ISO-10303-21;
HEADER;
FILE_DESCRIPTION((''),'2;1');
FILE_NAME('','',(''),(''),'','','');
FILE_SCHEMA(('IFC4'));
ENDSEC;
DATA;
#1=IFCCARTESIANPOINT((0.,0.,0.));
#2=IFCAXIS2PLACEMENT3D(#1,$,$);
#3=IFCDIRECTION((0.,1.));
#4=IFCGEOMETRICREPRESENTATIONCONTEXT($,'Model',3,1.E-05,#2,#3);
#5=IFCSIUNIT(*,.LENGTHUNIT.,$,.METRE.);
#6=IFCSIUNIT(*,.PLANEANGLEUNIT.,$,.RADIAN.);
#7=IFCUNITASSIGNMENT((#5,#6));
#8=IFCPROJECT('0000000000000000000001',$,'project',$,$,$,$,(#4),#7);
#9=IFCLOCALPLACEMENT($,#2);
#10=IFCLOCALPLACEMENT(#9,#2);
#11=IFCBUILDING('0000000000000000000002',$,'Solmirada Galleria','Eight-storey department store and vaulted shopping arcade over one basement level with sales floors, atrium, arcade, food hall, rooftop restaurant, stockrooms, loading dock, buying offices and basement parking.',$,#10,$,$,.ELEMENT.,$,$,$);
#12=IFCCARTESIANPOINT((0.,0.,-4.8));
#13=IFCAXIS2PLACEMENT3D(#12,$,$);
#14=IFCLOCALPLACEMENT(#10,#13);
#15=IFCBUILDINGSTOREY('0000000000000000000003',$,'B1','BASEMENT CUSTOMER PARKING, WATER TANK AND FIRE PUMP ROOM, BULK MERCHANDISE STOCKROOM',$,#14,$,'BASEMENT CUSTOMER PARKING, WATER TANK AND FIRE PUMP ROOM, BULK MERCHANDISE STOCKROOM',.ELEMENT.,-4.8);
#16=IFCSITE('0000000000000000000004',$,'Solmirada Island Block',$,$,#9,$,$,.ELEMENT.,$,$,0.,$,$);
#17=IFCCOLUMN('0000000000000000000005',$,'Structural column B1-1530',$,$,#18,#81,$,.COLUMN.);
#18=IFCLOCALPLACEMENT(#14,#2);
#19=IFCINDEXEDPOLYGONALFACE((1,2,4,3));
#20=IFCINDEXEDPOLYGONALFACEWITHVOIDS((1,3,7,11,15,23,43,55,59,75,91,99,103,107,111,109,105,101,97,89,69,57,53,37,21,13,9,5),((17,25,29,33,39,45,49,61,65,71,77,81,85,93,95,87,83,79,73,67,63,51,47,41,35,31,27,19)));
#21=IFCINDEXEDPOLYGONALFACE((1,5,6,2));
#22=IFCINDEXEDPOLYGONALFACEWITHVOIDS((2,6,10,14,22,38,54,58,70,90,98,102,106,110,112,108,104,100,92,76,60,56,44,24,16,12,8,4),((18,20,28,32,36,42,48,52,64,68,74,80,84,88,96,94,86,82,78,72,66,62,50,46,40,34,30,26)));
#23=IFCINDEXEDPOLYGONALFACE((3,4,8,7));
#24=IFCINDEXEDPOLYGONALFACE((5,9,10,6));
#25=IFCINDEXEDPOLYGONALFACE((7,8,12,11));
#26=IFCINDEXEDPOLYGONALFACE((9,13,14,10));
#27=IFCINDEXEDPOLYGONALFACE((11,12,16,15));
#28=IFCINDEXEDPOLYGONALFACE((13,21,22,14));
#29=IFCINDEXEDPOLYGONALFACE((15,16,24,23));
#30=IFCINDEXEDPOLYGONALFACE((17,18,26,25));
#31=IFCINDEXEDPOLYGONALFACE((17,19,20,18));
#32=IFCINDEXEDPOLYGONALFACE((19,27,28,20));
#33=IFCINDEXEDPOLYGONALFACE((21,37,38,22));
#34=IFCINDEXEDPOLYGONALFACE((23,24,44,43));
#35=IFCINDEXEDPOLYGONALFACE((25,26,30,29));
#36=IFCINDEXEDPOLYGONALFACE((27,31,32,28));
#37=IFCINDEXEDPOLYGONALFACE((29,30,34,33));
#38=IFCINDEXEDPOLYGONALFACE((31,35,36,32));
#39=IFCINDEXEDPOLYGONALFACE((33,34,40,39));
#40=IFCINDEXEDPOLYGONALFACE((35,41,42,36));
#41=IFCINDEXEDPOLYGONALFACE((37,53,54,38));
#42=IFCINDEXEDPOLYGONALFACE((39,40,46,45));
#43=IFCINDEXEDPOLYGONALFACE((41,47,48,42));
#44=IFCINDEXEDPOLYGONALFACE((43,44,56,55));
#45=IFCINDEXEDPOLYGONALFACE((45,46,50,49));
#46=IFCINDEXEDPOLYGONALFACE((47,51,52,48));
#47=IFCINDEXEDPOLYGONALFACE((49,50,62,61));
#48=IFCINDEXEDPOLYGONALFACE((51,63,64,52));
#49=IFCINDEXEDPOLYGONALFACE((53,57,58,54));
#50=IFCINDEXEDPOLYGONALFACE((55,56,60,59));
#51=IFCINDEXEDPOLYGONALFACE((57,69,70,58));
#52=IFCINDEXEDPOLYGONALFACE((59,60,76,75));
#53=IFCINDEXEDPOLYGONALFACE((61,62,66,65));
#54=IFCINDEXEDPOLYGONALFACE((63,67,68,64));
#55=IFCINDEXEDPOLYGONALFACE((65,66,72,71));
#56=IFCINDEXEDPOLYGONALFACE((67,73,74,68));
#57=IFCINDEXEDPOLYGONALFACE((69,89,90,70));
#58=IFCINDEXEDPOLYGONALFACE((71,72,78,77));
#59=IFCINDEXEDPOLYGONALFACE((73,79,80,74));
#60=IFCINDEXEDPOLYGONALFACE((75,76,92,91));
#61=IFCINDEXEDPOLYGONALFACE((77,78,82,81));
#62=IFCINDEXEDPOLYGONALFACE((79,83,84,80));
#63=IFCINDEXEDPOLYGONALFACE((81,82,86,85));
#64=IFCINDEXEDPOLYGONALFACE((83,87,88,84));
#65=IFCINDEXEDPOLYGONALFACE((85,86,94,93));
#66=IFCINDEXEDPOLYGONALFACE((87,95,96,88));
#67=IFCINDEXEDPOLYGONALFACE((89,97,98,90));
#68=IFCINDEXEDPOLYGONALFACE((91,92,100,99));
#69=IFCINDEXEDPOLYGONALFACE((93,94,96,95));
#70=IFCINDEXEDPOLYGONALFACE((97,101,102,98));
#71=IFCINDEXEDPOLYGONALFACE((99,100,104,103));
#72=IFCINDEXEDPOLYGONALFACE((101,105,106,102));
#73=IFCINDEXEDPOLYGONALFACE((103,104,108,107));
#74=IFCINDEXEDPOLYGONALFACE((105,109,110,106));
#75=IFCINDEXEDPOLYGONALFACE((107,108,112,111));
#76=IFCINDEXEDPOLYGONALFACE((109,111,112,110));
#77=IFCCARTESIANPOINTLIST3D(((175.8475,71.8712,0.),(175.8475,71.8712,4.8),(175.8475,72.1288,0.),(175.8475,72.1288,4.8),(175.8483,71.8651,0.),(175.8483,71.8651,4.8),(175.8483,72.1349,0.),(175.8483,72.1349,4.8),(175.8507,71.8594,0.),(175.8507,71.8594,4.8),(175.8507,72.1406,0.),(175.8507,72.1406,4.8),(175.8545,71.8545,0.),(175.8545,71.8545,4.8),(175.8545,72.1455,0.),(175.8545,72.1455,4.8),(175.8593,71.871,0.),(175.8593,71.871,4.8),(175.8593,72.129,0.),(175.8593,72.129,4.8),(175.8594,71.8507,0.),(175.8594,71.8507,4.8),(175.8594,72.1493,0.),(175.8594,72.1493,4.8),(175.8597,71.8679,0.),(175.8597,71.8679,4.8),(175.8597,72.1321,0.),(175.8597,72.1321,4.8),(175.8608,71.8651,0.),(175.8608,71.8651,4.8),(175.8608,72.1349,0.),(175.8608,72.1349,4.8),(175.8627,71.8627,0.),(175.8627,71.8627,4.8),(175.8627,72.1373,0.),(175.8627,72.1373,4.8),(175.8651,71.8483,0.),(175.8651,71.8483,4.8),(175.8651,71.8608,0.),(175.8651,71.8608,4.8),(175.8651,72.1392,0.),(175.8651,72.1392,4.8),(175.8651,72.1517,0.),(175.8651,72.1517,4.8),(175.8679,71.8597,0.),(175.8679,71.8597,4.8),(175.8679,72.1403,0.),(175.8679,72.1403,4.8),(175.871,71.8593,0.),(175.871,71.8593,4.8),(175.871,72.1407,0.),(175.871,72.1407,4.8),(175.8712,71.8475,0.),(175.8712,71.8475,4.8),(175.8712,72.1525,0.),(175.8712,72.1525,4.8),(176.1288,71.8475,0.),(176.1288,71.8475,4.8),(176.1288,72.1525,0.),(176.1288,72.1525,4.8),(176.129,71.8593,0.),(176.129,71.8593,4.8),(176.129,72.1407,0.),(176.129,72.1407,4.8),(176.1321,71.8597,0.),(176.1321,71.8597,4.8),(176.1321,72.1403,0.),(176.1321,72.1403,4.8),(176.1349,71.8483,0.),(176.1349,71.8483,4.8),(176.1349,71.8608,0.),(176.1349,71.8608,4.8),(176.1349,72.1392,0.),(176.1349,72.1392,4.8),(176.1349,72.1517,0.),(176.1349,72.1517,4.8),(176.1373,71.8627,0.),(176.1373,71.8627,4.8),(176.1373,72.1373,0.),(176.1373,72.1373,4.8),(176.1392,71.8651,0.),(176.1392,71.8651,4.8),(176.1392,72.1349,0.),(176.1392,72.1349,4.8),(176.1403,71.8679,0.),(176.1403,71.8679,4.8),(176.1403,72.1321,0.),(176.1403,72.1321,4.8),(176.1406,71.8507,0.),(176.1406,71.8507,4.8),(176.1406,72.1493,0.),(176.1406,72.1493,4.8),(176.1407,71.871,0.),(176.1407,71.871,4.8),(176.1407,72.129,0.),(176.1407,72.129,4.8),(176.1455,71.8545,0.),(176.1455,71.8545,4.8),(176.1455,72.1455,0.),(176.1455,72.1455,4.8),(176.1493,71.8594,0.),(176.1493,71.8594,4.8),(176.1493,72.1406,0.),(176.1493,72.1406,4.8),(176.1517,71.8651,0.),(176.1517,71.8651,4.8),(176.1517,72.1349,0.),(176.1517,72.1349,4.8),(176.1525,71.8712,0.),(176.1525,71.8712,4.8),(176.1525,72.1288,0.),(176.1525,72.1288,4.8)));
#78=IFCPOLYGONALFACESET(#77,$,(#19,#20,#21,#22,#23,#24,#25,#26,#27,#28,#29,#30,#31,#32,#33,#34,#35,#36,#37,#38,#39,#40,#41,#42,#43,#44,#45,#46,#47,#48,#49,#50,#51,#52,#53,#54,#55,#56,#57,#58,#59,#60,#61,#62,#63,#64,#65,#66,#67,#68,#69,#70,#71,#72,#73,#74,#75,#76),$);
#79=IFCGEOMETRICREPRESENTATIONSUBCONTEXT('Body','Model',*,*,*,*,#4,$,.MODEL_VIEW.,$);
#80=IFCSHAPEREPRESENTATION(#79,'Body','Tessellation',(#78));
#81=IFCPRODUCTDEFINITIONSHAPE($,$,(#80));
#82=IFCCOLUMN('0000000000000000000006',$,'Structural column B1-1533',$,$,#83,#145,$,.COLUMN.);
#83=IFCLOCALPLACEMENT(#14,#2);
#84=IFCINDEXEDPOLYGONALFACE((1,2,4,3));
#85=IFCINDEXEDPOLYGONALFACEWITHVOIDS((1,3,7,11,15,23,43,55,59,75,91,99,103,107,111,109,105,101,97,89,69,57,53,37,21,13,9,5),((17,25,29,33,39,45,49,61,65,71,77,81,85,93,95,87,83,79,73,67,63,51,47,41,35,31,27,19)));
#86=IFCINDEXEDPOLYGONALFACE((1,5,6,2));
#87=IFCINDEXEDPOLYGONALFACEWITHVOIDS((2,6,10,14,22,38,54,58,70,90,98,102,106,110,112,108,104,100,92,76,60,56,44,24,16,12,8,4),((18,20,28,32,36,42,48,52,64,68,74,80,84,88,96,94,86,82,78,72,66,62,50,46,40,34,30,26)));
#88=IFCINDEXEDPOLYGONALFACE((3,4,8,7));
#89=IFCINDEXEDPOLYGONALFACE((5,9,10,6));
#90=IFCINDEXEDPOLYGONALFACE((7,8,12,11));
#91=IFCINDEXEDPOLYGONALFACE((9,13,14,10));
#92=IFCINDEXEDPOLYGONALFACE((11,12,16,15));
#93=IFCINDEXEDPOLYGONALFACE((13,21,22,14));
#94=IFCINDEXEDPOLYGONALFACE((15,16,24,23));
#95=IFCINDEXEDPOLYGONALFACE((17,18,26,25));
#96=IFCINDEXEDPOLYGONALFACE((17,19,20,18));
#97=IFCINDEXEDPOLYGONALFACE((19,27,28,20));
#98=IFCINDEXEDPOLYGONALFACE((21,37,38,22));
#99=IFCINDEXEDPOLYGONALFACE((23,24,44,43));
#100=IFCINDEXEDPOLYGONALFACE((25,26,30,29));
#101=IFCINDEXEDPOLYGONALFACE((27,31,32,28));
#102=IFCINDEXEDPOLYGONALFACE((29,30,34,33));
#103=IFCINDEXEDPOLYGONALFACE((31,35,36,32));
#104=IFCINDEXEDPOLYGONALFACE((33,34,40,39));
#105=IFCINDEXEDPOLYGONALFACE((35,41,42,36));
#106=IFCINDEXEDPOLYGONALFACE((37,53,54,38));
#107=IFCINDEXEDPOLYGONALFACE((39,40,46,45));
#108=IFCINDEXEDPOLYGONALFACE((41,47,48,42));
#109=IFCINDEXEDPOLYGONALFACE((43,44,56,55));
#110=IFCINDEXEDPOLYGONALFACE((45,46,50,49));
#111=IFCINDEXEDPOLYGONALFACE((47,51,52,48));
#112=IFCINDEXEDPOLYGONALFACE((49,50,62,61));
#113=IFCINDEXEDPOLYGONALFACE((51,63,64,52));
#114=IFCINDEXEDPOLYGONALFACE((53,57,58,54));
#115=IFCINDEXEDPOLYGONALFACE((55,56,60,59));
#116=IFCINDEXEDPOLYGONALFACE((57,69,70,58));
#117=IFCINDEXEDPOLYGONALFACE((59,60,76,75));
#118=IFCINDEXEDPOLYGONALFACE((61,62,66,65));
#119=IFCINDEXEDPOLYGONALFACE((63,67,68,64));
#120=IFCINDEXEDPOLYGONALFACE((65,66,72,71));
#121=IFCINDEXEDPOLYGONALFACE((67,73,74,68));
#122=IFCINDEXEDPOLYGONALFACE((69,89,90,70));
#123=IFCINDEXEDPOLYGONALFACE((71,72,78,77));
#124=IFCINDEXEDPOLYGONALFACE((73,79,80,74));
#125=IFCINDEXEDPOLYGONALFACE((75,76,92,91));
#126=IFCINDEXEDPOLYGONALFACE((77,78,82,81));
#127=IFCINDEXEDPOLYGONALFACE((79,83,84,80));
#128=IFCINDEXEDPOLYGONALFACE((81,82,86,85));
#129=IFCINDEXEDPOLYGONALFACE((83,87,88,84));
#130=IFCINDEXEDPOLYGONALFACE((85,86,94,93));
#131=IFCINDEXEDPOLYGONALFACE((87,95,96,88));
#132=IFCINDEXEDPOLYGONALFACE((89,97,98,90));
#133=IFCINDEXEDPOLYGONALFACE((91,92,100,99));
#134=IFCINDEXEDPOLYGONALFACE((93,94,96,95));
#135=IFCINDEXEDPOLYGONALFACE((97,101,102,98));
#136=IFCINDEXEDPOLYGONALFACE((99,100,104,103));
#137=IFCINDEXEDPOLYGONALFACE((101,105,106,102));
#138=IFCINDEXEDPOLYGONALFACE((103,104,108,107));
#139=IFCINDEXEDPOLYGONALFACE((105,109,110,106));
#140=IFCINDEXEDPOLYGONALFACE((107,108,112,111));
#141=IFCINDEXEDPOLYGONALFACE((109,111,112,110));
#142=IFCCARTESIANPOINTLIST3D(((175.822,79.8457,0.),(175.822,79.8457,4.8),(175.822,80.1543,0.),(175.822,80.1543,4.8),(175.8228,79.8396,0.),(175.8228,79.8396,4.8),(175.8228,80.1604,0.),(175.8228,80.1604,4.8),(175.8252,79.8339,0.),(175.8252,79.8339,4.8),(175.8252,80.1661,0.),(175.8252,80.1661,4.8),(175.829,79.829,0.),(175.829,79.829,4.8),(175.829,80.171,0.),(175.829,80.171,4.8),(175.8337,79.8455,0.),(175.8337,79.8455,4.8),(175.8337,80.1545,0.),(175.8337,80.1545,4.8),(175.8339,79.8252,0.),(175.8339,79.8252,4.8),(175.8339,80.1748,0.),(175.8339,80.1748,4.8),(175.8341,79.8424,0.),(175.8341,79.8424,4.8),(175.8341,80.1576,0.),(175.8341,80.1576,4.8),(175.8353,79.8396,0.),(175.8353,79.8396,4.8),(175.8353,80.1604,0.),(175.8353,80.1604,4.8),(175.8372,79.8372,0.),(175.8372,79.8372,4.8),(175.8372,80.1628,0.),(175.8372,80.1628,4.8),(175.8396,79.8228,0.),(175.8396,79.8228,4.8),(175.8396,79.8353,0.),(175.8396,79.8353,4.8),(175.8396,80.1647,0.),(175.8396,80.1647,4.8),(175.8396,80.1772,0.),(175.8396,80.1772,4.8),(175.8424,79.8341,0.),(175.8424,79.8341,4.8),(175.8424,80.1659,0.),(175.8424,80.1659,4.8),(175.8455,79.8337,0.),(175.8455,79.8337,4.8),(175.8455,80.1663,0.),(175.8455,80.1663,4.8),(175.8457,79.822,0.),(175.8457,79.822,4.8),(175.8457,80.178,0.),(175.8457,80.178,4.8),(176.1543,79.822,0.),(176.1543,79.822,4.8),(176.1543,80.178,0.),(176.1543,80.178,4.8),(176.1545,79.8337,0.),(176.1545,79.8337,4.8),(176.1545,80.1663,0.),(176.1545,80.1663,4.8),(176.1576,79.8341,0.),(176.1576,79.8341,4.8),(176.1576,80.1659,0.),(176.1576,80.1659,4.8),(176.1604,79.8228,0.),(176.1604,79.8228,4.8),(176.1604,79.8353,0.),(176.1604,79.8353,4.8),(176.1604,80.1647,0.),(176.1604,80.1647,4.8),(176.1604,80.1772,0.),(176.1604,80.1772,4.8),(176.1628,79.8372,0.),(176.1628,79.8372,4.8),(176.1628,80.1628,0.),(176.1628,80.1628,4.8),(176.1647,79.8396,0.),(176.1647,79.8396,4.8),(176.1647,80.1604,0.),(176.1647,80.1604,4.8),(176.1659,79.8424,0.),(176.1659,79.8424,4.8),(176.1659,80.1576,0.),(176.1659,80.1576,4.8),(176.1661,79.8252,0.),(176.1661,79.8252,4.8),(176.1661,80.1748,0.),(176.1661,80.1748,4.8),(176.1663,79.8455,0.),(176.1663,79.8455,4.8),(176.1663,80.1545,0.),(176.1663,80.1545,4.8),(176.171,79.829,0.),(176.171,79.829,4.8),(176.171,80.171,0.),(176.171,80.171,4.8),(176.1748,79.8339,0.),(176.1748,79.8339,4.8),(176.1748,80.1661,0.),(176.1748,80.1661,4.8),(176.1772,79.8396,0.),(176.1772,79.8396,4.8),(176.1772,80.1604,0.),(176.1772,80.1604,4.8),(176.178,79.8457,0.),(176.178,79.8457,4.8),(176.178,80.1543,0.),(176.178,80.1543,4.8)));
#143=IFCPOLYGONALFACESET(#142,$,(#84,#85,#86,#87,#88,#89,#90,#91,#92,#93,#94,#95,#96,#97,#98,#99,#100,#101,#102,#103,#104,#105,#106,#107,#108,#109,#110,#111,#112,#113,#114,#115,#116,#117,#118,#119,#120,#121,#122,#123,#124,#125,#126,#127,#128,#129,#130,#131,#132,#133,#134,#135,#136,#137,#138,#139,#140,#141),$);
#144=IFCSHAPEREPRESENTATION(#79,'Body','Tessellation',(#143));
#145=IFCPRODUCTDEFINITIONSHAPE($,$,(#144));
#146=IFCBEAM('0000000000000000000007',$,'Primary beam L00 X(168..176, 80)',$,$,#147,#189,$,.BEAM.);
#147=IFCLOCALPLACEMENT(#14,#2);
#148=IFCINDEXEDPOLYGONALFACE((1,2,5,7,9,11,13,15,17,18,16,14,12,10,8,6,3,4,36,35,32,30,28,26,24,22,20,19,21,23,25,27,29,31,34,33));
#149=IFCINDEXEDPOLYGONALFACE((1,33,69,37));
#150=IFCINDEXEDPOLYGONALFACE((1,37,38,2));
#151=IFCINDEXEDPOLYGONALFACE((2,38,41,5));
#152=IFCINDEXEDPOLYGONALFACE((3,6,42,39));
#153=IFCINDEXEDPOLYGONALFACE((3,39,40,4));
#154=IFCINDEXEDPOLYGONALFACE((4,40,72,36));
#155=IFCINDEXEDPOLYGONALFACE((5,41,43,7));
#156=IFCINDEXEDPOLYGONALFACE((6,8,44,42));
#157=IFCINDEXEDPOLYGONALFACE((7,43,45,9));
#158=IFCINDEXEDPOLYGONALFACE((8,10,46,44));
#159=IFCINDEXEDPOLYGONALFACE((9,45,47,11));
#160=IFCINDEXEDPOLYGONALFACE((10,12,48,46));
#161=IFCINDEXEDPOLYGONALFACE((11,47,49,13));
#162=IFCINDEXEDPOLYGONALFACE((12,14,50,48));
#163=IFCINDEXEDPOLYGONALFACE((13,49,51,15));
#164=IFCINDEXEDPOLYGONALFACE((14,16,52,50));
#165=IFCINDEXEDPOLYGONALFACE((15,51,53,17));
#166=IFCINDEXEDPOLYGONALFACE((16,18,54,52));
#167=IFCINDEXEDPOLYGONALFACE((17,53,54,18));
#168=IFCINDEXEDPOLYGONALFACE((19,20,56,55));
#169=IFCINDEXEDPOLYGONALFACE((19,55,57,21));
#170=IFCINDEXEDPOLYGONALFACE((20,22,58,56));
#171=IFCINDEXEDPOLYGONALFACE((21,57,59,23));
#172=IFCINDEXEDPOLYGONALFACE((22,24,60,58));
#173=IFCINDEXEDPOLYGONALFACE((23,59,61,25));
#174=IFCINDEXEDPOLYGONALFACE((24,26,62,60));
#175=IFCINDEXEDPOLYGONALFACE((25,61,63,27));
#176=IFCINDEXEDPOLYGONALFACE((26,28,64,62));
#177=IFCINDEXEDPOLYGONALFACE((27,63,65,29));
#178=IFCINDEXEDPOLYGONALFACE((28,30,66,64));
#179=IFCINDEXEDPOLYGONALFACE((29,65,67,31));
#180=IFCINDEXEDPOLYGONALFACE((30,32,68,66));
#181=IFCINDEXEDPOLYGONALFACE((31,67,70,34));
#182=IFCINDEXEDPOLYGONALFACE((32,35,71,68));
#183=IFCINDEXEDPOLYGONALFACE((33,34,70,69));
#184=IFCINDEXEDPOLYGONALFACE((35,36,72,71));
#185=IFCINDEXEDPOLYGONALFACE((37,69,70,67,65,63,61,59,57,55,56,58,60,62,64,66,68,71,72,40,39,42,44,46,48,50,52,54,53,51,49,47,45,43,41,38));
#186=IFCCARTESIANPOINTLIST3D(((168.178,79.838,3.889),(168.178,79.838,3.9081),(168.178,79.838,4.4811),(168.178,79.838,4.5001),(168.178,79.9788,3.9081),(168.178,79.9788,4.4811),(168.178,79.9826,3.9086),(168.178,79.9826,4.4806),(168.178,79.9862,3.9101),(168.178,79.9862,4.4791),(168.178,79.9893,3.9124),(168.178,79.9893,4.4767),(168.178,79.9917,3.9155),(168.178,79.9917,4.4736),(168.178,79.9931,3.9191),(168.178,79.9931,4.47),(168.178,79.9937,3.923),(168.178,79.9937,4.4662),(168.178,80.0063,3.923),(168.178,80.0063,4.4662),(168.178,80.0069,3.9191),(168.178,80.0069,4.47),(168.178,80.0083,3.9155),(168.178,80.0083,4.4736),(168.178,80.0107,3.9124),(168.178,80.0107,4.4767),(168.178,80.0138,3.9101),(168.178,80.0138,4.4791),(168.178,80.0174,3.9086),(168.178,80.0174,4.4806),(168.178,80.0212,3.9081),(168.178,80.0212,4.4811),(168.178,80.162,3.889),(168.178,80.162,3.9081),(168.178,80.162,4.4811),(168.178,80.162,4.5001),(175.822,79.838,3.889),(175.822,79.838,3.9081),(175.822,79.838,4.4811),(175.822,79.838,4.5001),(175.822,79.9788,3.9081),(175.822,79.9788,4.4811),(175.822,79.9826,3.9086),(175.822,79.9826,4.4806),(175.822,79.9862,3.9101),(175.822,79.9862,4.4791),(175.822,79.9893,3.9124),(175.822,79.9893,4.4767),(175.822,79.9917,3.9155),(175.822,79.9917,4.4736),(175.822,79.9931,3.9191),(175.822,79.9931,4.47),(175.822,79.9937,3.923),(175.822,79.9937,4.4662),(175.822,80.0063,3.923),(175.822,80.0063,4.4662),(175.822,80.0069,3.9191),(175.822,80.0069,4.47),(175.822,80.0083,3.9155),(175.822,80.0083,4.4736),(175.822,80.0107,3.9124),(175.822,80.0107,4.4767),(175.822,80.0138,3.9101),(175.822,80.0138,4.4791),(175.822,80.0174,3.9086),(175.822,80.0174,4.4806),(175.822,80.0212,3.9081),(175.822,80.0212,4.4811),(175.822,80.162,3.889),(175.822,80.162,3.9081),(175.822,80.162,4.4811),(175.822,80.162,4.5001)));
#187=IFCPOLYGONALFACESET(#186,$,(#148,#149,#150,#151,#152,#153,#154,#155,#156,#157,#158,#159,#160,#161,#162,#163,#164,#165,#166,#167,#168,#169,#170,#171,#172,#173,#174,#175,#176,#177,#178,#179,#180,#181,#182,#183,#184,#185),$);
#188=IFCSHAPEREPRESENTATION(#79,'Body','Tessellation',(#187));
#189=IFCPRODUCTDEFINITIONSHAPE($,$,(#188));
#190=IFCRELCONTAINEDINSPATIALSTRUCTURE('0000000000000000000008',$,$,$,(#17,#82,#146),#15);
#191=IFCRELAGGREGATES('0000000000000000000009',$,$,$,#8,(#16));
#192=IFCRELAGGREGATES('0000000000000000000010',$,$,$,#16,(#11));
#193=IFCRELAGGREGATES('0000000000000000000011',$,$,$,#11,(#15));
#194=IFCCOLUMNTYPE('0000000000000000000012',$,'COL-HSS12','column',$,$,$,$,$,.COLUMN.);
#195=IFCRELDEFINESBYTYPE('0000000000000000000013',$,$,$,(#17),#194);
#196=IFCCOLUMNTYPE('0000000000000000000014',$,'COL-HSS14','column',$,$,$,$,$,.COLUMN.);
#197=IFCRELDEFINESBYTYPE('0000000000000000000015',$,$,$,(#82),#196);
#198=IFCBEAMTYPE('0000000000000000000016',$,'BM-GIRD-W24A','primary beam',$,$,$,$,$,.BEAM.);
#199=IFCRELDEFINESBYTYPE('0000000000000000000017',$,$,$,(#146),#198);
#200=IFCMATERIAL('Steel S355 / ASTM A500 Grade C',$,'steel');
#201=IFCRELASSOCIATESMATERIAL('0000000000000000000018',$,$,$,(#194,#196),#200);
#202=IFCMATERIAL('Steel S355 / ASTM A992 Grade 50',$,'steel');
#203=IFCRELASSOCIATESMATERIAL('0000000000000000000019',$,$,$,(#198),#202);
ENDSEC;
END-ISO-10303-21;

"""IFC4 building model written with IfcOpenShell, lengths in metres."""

from ifc_helpers import new_model, si_unit, direction, frame, origin, origin_2d, place, context, subcontext, project, spatial, hollow_rectangle, i_section, extrude, material, material_profile, profile_set, type_object, element, save


model = new_model("IFC4")

# Units and contexts
model_context = context("Model", 3, precision=1e-05, world=origin(), true_north=direction((0.0, 1.0)))
body_context = subcontext(model_context, "Body", "Model", "MODEL_VIEW")
ifc_project = project(units=[si_unit("LENGTHUNIT", "METRE"), si_unit("PLANEANGLEUNIT", "RADIAN")], contexts=[model_context])

# Site, building, storey
site_placement = place(None, origin())
site = spatial("IfcSite", under=ifc_project, at=site_placement, Name="Solmirada Island Block", CompositionType="ELEMENT", RefElevation=0.0)
building_placement = place(site_placement, origin())
building = spatial("IfcBuilding", under=site, at=building_placement, Name="Solmirada Galleria", Description="Eight-storey department store and vaulted shopping arcade over one basement level with sales floors, atrium, arcade, food hall, rooftop restaurant, stockrooms, loading dock, buying offices and basement parking.", CompositionType="ELEMENT")
storey_placement = place(building_placement, frame((0.0, 0.0, -4.8)))
storey = spatial("IfcBuildingStorey", under=building, at=storey_placement, Name="B1", Description="BASEMENT CUSTOMER PARKING, WATER TANK AND FIRE PUMP ROOM, BULK MERCHANDISE STOCKROOM", LongName="BASEMENT CUSTOMER PARKING, WATER TANK AND FIRE PUMP ROOM, BULK MERCHANDISE STOCKROOM", CompositionType="ELEMENT", Elevation=-4.8)

# Columns
ifc_material_1 = material(Name="Steel S355 / ASTM A500 Grade C", Category="steel")
ifc_material_profile_1 = material_profile(ifc_material_1, hollow_rectangle(XDim=0.3049, YDim=0.3049, WallThickness=0.0117, InnerFilletRadius=0.0117, OuterFilletRadius=0.0237, at=origin_2d()), Name="HSS12X12X1/2")
ifc_profile_set_1 = profile_set([ifc_material_profile_1], Name="Steel S355 / ASTM A500 Grade C")
column_type_1 = type_object("IfcColumnType", Name="COL-HSS12", Description="column", PredefinedType="COLUMN", material=ifc_profile_set_1)
column_1_placement = place(storey_placement, frame((176.0, 72.0, 0.0), z_axis=(0.0, 0.0, 1.0), x_axis=(1.0, 0.0, 0.0)))
element("IfcColumn", 1, at=column_1_placement, inside=storey, type_object=column_type_1, Name="Structural column B1-1530", PredefinedType="COLUMN", context=body_context, shape_type="SweptSolid", body=[
    extrude(hollow_rectangle(XDim=0.3049, YDim=0.3049, WallThickness=0.0117, InnerFilletRadius=0.0117, OuterFilletRadius=0.0237, at=origin_2d()), origin(), (0.0, 0.0, 1.0), 4.8),
])
ifc_material_profile_2 = material_profile(ifc_material_1, hollow_rectangle(XDim=0.356, YDim=0.356, WallThickness=0.0117, InnerFilletRadius=0.0117, OuterFilletRadius=0.0237, at=origin_2d()), Name="HSS14X14X1/2")
ifc_profile_set_2 = profile_set([ifc_material_profile_2], Name="Steel S355 / ASTM A500 Grade C")
column_type_2 = type_object("IfcColumnType", Name="COL-HSS14", Description="column", PredefinedType="COLUMN", material=ifc_profile_set_2)
column_2_placement = place(storey_placement, frame((176.0, 80.0, 0.0), z_axis=(0.0, 0.0, 1.0), x_axis=(1.0, 0.0, 0.0)))
element("IfcColumn", 2, at=column_2_placement, inside=storey, type_object=column_type_2, Name="Structural column B1-1533", PredefinedType="COLUMN", context=body_context, shape_type="SweptSolid", body=[
    extrude(hollow_rectangle(XDim=0.356, YDim=0.356, WallThickness=0.0117, InnerFilletRadius=0.0117, OuterFilletRadius=0.0237, at=origin_2d()), origin(), (0.0, 0.0, 1.0), 4.8),
])

# Beam
ifc_material_2 = material(Name="Steel S355 / ASTM A992 Grade 50", Category="steel")
ifc_material_profile_3 = material_profile(ifc_material_2, i_section(OverallWidth=0.324, OverallDepth=0.6111, WebThickness=0.0127, FlangeThickness=0.019, FilletRadius=0.0149, at=origin_2d()), Name="W24X104")
ifc_profile_set_3 = profile_set([ifc_material_profile_3], Name="Steel S355 / ASTM A992 Grade 50")
beam_type_1 = type_object("IfcBeamType", Name="BM-GIRD-W24A", Description="primary beam", PredefinedType="BEAM", material=ifc_profile_set_3)
beam_1_placement = place(storey_placement, frame((168.178, 80.0, 4.1946), z_axis=(1.0, 0.0, 0.0), x_axis=(0.0, 1.0, 0.0)))
element("IfcBeam", 3, at=beam_1_placement, inside=storey, type_object=beam_type_1, Name="Primary beam L00 X(168..176, 80)", PredefinedType="BEAM", context=body_context, shape_type="SweptSolid", body=[
    extrude(i_section(OverallWidth=0.324, OverallDepth=0.6111, WebThickness=0.0127, FlangeThickness=0.019, FilletRadius=0.0149, at=origin_2d()), origin(), (0.0, 0.0, 1.0), 7.644),
])

save(model, "model.ifc")
